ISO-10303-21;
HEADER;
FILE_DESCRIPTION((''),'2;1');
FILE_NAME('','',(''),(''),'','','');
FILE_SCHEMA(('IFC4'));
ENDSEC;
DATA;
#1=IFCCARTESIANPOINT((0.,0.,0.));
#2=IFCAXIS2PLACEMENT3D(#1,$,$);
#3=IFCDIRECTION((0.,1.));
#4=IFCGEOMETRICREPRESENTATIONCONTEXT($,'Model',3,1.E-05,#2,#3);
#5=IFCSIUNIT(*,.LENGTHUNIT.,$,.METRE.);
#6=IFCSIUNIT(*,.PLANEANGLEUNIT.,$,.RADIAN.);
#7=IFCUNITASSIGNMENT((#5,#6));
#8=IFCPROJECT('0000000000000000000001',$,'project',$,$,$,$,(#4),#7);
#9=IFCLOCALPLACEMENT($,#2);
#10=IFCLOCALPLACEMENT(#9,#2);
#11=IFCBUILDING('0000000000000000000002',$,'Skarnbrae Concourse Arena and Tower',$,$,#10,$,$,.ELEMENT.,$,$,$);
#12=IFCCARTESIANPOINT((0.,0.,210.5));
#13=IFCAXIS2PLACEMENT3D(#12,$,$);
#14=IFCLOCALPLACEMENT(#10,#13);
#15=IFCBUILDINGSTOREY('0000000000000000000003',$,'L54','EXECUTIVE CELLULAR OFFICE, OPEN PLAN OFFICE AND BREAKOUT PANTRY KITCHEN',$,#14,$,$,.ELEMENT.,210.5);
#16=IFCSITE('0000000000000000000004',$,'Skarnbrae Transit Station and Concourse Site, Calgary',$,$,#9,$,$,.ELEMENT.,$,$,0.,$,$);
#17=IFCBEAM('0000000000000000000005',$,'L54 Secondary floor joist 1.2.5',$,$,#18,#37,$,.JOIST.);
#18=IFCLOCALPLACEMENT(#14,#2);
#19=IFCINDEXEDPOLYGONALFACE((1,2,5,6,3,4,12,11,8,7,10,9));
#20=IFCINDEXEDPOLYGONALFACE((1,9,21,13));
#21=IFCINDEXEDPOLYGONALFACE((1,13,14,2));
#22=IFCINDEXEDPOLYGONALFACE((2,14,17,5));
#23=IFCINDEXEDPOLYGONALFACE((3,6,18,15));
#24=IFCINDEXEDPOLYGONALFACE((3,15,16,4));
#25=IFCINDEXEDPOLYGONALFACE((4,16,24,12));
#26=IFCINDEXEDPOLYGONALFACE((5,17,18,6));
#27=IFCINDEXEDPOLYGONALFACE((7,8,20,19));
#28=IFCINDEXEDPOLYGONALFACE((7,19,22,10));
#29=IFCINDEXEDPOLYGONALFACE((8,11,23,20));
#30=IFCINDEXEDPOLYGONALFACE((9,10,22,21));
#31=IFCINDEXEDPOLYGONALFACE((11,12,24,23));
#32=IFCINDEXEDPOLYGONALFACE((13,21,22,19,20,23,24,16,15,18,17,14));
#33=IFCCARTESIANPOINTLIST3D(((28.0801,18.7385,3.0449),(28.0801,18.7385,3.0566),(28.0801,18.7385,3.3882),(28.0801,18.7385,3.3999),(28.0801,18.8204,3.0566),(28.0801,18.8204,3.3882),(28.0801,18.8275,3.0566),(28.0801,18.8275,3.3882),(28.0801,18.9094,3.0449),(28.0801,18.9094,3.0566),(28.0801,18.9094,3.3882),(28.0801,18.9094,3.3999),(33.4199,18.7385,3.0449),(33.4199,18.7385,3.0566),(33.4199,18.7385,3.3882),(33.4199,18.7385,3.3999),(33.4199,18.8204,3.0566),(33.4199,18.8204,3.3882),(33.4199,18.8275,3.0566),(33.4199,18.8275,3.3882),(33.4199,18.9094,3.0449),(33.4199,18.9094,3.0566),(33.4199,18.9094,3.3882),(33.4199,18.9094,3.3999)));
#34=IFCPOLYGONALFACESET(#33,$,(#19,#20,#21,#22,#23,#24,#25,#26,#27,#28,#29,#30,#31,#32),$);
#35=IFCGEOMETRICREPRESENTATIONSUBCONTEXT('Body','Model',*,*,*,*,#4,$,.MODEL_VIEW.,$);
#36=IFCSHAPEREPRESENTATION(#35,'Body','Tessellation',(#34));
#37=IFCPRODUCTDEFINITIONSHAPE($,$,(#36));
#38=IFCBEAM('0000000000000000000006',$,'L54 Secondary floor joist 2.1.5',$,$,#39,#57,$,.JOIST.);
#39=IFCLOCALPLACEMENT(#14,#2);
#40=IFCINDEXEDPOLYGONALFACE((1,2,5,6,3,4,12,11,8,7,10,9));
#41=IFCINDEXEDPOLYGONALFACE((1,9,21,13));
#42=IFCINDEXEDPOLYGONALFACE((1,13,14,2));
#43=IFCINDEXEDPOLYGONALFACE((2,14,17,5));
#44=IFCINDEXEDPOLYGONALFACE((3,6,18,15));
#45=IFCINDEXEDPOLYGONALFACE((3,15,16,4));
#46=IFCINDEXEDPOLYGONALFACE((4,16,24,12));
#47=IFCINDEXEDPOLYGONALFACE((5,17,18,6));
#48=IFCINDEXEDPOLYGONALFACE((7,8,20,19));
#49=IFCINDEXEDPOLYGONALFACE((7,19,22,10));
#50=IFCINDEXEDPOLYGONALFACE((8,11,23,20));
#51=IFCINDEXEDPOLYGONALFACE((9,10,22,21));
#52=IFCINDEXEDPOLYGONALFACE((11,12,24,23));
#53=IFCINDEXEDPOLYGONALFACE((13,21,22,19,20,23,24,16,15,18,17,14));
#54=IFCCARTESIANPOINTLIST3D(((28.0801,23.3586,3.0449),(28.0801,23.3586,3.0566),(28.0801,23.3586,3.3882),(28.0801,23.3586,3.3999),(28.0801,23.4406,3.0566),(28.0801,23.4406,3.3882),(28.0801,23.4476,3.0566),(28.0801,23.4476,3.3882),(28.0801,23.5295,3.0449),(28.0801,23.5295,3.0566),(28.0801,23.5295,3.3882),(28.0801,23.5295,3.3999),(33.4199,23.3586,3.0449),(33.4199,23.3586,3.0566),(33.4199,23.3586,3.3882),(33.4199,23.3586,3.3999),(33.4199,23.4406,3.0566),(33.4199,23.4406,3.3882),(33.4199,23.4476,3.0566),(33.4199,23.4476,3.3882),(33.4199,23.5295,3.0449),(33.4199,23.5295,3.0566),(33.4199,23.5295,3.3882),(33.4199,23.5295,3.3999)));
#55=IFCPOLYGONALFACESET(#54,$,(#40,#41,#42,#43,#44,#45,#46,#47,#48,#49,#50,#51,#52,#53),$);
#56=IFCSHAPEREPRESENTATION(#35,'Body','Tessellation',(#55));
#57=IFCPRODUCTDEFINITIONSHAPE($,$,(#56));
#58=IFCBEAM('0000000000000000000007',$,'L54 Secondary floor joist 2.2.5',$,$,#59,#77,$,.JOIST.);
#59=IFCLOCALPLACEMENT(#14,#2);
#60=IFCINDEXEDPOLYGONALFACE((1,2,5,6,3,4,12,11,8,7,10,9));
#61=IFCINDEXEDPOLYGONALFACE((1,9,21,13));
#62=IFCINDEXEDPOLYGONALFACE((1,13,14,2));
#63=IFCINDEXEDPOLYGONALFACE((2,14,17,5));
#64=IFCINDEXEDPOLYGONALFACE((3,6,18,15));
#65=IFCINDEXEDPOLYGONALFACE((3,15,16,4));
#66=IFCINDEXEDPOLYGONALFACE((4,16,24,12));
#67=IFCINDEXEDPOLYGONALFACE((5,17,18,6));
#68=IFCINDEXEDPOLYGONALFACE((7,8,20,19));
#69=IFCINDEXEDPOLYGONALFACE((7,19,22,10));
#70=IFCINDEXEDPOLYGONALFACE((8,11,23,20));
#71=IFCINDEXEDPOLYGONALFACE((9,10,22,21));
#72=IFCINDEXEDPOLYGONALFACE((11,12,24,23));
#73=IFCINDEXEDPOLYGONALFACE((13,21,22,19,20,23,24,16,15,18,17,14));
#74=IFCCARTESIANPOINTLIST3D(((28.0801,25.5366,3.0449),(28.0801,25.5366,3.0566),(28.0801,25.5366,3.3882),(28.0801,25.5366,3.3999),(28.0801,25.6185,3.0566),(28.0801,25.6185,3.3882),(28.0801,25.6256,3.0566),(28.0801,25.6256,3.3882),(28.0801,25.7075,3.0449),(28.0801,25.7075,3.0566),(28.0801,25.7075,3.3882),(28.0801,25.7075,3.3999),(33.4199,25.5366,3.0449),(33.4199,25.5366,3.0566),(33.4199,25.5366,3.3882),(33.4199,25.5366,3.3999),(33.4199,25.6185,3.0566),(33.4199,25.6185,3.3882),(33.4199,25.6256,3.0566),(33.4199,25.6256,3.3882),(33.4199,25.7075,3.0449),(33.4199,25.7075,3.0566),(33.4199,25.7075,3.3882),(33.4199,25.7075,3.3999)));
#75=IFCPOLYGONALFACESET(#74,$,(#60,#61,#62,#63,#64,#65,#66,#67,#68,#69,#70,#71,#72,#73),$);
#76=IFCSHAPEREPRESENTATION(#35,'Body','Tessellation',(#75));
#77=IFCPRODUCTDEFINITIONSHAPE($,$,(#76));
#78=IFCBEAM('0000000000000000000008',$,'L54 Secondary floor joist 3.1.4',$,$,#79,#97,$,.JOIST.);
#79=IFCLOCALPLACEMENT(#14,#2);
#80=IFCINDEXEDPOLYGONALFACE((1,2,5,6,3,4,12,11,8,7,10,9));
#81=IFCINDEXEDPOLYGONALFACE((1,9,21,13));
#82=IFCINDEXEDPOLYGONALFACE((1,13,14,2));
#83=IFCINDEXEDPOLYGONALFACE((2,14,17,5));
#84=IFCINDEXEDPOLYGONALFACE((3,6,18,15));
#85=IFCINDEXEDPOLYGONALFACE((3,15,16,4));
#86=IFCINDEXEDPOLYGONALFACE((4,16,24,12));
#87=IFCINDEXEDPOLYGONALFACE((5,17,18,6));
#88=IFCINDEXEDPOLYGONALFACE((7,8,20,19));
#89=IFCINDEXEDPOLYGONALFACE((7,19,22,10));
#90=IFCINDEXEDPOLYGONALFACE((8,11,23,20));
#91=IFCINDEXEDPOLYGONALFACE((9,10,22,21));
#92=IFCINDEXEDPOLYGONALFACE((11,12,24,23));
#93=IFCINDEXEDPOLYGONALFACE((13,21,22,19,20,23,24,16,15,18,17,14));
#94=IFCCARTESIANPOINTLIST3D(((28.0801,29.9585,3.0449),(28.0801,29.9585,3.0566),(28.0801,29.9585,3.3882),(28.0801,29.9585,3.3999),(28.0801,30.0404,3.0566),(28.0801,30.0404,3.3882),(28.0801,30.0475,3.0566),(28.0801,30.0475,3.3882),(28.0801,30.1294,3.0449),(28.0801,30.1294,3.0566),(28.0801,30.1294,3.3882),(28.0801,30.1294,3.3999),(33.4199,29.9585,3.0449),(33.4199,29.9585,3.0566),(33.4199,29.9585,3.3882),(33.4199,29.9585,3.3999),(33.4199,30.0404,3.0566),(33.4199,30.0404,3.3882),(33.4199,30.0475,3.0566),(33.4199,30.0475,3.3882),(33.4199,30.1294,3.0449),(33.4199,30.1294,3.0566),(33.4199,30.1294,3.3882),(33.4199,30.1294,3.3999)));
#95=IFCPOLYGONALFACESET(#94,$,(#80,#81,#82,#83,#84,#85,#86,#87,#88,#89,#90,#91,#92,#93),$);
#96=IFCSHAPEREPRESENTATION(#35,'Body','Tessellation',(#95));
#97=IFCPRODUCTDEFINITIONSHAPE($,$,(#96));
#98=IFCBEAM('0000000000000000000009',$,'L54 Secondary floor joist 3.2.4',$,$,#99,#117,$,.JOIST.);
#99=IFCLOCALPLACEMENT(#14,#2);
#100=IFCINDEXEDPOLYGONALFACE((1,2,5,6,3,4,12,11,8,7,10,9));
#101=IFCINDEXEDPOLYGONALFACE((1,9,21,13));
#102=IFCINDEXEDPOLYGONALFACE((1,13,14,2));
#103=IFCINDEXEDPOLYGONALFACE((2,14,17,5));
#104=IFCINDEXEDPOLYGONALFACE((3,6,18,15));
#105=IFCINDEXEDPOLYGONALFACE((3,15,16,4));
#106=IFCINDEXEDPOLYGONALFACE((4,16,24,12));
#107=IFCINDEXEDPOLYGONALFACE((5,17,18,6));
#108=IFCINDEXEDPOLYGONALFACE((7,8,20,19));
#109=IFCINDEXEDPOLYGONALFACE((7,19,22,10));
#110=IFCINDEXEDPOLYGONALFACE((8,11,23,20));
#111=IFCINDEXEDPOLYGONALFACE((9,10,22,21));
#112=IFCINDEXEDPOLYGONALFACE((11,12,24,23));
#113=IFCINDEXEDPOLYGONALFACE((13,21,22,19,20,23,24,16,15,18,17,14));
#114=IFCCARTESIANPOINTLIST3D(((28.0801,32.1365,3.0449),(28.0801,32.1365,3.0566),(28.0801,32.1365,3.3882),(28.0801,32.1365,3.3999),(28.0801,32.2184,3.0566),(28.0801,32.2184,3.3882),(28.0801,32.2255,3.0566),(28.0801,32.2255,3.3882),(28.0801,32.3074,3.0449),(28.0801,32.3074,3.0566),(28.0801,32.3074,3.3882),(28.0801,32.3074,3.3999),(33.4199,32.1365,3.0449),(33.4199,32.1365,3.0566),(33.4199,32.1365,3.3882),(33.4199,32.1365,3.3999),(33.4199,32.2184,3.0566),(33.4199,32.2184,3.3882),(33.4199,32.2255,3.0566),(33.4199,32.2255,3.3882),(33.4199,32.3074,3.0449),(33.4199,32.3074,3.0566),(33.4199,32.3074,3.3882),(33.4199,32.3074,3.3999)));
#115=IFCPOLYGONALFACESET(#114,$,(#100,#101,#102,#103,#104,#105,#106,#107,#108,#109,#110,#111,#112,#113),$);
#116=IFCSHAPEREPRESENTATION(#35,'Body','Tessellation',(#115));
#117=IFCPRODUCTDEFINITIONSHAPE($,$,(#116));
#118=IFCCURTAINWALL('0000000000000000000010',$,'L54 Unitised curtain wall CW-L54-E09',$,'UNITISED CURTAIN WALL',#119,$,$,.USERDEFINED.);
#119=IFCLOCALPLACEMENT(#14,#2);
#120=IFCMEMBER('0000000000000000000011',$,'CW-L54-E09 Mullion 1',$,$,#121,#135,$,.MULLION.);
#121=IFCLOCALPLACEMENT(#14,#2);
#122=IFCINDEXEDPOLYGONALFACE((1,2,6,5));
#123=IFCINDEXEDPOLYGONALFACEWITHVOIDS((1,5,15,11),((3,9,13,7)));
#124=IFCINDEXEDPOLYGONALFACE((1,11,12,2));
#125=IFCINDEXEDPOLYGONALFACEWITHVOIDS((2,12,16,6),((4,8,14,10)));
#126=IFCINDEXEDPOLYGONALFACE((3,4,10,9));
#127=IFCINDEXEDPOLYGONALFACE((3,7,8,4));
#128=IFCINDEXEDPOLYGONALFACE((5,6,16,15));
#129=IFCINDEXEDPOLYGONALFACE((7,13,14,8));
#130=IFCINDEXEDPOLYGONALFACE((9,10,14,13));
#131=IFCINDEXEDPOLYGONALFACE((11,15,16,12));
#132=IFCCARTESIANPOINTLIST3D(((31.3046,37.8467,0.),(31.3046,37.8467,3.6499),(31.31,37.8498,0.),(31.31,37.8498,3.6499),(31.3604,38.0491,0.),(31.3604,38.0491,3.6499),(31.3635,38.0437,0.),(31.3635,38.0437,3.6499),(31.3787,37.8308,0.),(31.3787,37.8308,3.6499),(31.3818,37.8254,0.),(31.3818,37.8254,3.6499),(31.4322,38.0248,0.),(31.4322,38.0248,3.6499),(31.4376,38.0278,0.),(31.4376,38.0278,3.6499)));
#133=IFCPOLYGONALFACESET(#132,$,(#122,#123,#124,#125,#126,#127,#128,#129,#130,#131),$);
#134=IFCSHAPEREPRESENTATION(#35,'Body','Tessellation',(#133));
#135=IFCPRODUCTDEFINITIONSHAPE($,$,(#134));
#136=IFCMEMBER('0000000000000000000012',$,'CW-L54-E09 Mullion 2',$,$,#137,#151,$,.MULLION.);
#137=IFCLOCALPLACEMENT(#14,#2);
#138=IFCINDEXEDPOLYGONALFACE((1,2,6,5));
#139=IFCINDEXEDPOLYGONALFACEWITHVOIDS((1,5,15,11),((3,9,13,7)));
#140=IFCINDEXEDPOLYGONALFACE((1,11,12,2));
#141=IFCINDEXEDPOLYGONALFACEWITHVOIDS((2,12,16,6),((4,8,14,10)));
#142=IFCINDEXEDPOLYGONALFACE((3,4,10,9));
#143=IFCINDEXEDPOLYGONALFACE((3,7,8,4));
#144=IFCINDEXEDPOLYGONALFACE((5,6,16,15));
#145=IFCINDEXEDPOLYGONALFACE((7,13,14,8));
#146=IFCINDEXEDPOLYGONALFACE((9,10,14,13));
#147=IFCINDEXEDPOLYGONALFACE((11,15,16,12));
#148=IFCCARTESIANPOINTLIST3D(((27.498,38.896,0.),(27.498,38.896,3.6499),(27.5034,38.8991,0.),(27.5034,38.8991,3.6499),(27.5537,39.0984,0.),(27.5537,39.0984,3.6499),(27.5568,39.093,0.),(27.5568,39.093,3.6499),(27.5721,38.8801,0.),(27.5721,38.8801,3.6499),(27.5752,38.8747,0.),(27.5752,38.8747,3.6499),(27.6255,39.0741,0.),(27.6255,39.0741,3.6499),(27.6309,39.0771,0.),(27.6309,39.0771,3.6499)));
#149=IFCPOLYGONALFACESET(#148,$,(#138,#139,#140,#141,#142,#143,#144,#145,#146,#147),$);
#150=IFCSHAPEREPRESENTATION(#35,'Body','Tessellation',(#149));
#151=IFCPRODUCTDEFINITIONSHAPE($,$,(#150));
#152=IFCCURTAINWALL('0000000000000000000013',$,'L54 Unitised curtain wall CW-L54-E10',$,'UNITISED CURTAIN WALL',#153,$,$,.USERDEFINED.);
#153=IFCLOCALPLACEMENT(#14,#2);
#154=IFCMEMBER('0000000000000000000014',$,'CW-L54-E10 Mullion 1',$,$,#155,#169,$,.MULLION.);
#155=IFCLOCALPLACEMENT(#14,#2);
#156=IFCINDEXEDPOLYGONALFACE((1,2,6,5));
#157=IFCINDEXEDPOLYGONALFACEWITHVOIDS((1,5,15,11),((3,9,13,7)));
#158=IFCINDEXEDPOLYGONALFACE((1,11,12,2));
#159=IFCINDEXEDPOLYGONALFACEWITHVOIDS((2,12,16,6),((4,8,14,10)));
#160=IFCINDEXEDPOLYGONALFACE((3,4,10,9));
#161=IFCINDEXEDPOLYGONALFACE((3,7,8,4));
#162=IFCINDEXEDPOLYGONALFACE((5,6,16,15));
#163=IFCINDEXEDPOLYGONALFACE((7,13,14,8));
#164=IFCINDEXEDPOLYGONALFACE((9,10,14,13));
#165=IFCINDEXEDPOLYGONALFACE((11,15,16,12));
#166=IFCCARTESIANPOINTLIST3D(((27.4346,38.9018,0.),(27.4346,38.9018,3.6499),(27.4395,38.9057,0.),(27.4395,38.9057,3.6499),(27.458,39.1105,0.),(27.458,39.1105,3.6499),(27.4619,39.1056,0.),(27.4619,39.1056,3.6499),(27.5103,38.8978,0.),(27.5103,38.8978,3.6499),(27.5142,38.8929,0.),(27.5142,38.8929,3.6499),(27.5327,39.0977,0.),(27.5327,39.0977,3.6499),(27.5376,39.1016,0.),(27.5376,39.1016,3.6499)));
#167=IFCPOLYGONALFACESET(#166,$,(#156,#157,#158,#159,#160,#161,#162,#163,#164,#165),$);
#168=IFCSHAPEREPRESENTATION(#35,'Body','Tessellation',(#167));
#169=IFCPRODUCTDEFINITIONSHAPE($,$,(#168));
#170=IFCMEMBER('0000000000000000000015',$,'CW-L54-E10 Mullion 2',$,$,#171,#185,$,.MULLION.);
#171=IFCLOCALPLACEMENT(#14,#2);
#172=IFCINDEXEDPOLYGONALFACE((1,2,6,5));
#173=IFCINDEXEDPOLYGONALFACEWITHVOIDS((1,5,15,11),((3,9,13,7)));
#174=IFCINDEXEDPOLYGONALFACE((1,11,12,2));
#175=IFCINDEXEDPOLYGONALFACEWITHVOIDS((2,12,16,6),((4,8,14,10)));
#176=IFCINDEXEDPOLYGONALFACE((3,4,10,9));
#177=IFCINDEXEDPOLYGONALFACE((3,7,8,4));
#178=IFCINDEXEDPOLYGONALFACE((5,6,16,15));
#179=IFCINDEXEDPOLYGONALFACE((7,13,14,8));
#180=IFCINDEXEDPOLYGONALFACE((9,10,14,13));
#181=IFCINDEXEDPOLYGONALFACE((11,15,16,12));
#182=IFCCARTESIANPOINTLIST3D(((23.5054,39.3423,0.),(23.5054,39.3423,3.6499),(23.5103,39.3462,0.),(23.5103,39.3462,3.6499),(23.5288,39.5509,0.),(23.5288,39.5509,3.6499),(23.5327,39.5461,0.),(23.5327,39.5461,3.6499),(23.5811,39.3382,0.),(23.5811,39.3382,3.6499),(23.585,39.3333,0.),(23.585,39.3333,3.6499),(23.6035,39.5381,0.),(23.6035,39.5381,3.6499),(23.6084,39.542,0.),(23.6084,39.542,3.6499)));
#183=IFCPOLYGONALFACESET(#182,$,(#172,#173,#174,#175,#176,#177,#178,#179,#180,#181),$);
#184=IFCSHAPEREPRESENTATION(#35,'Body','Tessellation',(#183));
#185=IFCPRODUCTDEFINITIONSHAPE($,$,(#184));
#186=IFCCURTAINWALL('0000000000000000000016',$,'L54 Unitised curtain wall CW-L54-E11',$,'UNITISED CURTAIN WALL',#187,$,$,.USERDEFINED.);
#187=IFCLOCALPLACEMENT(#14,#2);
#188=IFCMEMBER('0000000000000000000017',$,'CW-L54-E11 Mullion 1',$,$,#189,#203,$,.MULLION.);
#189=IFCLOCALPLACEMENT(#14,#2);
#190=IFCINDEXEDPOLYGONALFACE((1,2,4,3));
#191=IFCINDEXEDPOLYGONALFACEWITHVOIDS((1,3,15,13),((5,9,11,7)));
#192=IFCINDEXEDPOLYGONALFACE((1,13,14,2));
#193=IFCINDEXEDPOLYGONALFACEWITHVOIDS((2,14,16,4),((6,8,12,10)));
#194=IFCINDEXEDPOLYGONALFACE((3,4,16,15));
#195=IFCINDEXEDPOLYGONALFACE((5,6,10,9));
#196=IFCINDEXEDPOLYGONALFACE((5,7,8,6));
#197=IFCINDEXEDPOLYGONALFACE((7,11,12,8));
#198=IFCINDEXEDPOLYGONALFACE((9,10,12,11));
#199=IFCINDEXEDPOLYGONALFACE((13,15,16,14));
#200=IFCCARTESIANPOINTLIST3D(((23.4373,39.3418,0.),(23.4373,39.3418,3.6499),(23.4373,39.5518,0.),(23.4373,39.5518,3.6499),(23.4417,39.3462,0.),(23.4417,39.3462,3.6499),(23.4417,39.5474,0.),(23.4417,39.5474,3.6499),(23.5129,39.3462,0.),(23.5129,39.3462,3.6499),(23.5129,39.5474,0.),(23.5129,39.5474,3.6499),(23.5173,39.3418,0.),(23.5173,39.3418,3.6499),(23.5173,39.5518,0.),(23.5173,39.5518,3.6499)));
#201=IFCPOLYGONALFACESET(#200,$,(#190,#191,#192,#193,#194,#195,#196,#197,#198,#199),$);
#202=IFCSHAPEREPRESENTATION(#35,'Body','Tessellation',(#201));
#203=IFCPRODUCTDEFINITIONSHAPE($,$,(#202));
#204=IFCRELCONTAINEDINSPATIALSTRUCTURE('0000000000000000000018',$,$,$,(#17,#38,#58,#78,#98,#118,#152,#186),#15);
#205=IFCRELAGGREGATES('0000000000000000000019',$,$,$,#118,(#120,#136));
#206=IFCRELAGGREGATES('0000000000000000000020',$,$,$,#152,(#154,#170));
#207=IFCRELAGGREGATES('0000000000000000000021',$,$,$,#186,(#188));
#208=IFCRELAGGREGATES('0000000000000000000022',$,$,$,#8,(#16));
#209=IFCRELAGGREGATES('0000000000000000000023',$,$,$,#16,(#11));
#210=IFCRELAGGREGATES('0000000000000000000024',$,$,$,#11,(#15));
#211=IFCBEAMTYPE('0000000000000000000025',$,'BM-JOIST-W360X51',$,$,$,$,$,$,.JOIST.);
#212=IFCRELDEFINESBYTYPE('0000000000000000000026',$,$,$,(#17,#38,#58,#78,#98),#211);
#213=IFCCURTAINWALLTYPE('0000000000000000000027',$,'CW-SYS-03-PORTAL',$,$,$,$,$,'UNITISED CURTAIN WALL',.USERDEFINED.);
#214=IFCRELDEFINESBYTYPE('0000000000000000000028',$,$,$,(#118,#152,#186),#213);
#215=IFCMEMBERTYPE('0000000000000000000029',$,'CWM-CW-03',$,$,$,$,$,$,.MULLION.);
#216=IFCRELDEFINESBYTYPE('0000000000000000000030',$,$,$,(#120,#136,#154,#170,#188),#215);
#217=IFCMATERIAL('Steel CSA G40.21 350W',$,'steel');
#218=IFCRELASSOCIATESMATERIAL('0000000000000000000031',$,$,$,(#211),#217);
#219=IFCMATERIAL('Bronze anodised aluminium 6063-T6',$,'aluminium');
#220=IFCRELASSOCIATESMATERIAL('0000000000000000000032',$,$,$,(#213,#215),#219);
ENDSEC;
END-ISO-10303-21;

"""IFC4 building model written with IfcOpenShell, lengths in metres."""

from ifc_helpers import new_model, si_unit, direction, frame, origin, origin_2d, place, context, subcontext, project, spatial, hollow_rectangle, i_section, extrude, source, transform, mapped, material, material_profile, profile_set, type_object, element, aggregate, save


model = new_model("IFC4")

# Units and contexts
model_context = context("Model", 3, precision=1e-05, world=origin(), true_north=direction((0.0, 1.0)))
body_context = subcontext(model_context, "Body", "Model", "MODEL_VIEW")
ifc_project = project(units=[si_unit("LENGTHUNIT", "METRE"), si_unit("PLANEANGLEUNIT", "RADIAN")], contexts=[model_context])

# Site, building, storey
site_placement = place(None, origin())
site = spatial("IfcSite", under=ifc_project, at=site_placement, Name="Skarnbrae Transit Station and Concourse Site, Calgary", CompositionType="ELEMENT", RefElevation=0.0)
building_placement = place(site_placement, origin())
building = spatial("IfcBuilding", under=site, at=building_placement, Name="Skarnbrae Concourse Arena and Tower", CompositionType="ELEMENT")
storey_placement = place(building_placement, frame((0.0, 0.0, 210.5)))
storey = spatial("IfcBuildingStorey", under=building, at=storey_placement, Name="L54", Description="EXECUTIVE CELLULAR OFFICE, OPEN PLAN OFFICE AND BREAKOUT PANTRY KITCHEN", CompositionType="ELEMENT", Elevation=210.5)

# Shared definitions
ifc_material_1 = material(Name="Steel CSA G40.21 350W", Category="steel")

# Beams
ifc_material_profile_1 = material_profile(ifc_material_1, i_section(OverallWidth=0.1709, OverallDepth=0.355, WebThickness=0.0071, FlangeThickness=0.0117, at=origin_2d()), Name="W360X51")
ifc_profile_set_1 = profile_set([ifc_material_profile_1], Name="Steel CSA G40.21 350W")
beam_type_1 = type_object("IfcBeamType", Name="BM-JOIST-W360X51", PredefinedType="JOIST", material=ifc_profile_set_1)
shared_shape_1 = source(origin(), body_context, "Body", "SweptSolid", [
    extrude(i_section(OverallWidth=0.1709, OverallDepth=0.355, WebThickness=0.0071, FlangeThickness=0.0117, at=origin_2d()), origin(), (0.0, 0.0, 1.0), 5.3398),
])
for number, where, z_axis, x_axis, name in (
    (1, (28.0801, 18.824, 3.2224), (1.0, 0.0, 0.0), (0.0, 1.0, 0.0), "L54 Secondary floor joist 1.2.5"),
    (2, (28.0801, 23.4441, 3.2224), (1.0, 0.0, 0.0), (0.0, 1.0, 0.0), "L54 Secondary floor joist 2.1.5"),
    (3, (28.0801, 25.6221, 3.2224), (1.0, 0.0, 0.0), (0.0, 1.0, 0.0), "L54 Secondary floor joist 2.2.5"),
    (4, (28.0801, 30.0439, 3.2224), (1.0, 0.0, 0.0), (0.0, 1.0, 0.0), "L54 Secondary floor joist 3.1.4"),
    (5, (28.0801, 32.2219, 3.2224), (1.0, 0.0, 0.0), (0.0, 1.0, 0.0), "L54 Secondary floor joist 3.2.4"),
):
    element("IfcBeam", number, at=place(storey_placement, frame(where, z_axis=z_axis, x_axis=x_axis)), inside=storey, type_object=beam_type_1, Name=name, PredefinedType="JOIST", context=body_context, shape_type="MappedRepresentation", body=[
        mapped(shared_shape_1, transform((0.0, 0.0, 0.0))),
    ])

# Curtain walls, members
ifc_material_2 = material(Name="Bronze anodised aluminium 6063-T6", Category="aluminium")
curtain_wall_type_1 = type_object("IfcCurtainWallType", Name="CW-SYS-03-PORTAL", ElementType="UNITISED CURTAIN WALL", PredefinedType="USERDEFINED", material=ifc_material_2)
curtain_wall_1_placement = place(storey_placement, origin())
curtain_wall_1 = element("IfcCurtainWall", 6, at=curtain_wall_1_placement, inside=storey, type_object=curtain_wall_type_1, Name="L54 Unitised curtain wall CW-L54-E09", ObjectType="UNITISED CURTAIN WALL", PredefinedType="USERDEFINED")
ifc_material_profile_2 = material_profile(ifc_material_2, hollow_rectangle(XDim=0.0801, YDim=0.21, WallThickness=0.0044, at=origin_2d()), Name="ALU-MULL-80X210")
ifc_profile_set_2 = profile_set([ifc_material_profile_2], Name="Bronze anodised aluminium 6063-T6")
member_type_1 = type_object("IfcMemberType", Name="CWM-CW-03", PredefinedType="MULLION", material=ifc_profile_set_2)
shared_shape_2 = source(origin(), body_context, "Body", "SweptSolid", [
    extrude(hollow_rectangle(XDim=0.0801, YDim=0.21, WallThickness=0.0044, at=origin_2d()), origin(), (0.0, 0.0, 1.0), 3.6499),
])
member_1_placement = place(storey_placement, frame((31.3711, 37.9373, 0.0), z_axis=(0.0, 0.0, 1.0), x_axis=(-0.964057, 0.265694, 0.0)))
member_1 = element("IfcMember", 7, at=member_1_placement, type_object=member_type_1, Name="CW-L54-E09 Mullion 1", PredefinedType="MULLION", context=body_context, shape_type="MappedRepresentation", body=[
    mapped(shared_shape_2, transform((0.0, 0.0, 0.0))),
])
member_2_placement = place(storey_placement, frame((27.5645, 38.9866, 0.0), z_axis=(0.0, 0.0, 1.0), x_axis=(-0.964057, 0.265694, 0.0)))
member_2 = element("IfcMember", 8, at=member_2_placement, type_object=member_type_1, Name="CW-L54-E09 Mullion 2", PredefinedType="MULLION", context=body_context, shape_type="MappedRepresentation", body=[
    mapped(shared_shape_2, transform((0.0, 0.0, 0.0))),
])
curtain_wall_2_placement = place(storey_placement, origin())
curtain_wall_2 = element("IfcCurtainWall", 9, at=curtain_wall_2_placement, inside=storey, type_object=curtain_wall_type_1, Name="L54 Unitised curtain wall CW-L54-E10", ObjectType="UNITISED CURTAIN WALL", PredefinedType="USERDEFINED")
member_3_placement = place(storey_placement, frame((27.4861, 39.0017, 0.0), z_axis=(0.0, 0.0, 1.0), x_axis=(-0.993769, 0.11146, 0.0)))
member_3 = element("IfcMember", 10, at=member_3_placement, type_object=member_type_1, Name="CW-L54-E10 Mullion 1", PredefinedType="MULLION", context=body_context, shape_type="MappedRepresentation", body=[
    mapped(shared_shape_2, transform((0.0, 0.0, 0.0))),
])
member_4_placement = place(storey_placement, frame((23.5569, 39.4421, 0.0), z_axis=(0.0, 0.0, 1.0), x_axis=(-0.993769, 0.11146, 0.0)))
member_4 = element("IfcMember", 11, at=member_4_placement, type_object=member_type_1, Name="CW-L54-E10 Mullion 2", PredefinedType="MULLION", context=body_context, shape_type="MappedRepresentation", body=[
    mapped(shared_shape_2, transform((0.0, 0.0, 0.0))),
])

# Curtain wall, member
curtain_wall_3_placement = place(storey_placement, origin())
curtain_wall_3 = element("IfcCurtainWall", 12, at=curtain_wall_3_placement, inside=storey, type_object=curtain_wall_type_1, Name="L54 Unitised curtain wall CW-L54-E11", ObjectType="UNITISED CURTAIN WALL", PredefinedType="USERDEFINED")
member_5_placement = place(storey_placement, frame((23.4773, 39.4468, 0.0), z_axis=(0.0, 0.0, 1.0), x_axis=(-1.0, 0.0, 0.0)))
member_5 = element("IfcMember", 13, at=member_5_placement, type_object=member_type_1, Name="CW-L54-E11 Mullion 1", PredefinedType="MULLION", context=body_context, shape_type="MappedRepresentation", body=[
    mapped(shared_shape_2, transform((0.0, 0.0, 0.0))),
])

aggregate(curtain_wall_1, [member_1, member_2])
aggregate(curtain_wall_2, [member_3, member_4])
aggregate(curtain_wall_3, [member_5])

save(model, "model.ifc")
